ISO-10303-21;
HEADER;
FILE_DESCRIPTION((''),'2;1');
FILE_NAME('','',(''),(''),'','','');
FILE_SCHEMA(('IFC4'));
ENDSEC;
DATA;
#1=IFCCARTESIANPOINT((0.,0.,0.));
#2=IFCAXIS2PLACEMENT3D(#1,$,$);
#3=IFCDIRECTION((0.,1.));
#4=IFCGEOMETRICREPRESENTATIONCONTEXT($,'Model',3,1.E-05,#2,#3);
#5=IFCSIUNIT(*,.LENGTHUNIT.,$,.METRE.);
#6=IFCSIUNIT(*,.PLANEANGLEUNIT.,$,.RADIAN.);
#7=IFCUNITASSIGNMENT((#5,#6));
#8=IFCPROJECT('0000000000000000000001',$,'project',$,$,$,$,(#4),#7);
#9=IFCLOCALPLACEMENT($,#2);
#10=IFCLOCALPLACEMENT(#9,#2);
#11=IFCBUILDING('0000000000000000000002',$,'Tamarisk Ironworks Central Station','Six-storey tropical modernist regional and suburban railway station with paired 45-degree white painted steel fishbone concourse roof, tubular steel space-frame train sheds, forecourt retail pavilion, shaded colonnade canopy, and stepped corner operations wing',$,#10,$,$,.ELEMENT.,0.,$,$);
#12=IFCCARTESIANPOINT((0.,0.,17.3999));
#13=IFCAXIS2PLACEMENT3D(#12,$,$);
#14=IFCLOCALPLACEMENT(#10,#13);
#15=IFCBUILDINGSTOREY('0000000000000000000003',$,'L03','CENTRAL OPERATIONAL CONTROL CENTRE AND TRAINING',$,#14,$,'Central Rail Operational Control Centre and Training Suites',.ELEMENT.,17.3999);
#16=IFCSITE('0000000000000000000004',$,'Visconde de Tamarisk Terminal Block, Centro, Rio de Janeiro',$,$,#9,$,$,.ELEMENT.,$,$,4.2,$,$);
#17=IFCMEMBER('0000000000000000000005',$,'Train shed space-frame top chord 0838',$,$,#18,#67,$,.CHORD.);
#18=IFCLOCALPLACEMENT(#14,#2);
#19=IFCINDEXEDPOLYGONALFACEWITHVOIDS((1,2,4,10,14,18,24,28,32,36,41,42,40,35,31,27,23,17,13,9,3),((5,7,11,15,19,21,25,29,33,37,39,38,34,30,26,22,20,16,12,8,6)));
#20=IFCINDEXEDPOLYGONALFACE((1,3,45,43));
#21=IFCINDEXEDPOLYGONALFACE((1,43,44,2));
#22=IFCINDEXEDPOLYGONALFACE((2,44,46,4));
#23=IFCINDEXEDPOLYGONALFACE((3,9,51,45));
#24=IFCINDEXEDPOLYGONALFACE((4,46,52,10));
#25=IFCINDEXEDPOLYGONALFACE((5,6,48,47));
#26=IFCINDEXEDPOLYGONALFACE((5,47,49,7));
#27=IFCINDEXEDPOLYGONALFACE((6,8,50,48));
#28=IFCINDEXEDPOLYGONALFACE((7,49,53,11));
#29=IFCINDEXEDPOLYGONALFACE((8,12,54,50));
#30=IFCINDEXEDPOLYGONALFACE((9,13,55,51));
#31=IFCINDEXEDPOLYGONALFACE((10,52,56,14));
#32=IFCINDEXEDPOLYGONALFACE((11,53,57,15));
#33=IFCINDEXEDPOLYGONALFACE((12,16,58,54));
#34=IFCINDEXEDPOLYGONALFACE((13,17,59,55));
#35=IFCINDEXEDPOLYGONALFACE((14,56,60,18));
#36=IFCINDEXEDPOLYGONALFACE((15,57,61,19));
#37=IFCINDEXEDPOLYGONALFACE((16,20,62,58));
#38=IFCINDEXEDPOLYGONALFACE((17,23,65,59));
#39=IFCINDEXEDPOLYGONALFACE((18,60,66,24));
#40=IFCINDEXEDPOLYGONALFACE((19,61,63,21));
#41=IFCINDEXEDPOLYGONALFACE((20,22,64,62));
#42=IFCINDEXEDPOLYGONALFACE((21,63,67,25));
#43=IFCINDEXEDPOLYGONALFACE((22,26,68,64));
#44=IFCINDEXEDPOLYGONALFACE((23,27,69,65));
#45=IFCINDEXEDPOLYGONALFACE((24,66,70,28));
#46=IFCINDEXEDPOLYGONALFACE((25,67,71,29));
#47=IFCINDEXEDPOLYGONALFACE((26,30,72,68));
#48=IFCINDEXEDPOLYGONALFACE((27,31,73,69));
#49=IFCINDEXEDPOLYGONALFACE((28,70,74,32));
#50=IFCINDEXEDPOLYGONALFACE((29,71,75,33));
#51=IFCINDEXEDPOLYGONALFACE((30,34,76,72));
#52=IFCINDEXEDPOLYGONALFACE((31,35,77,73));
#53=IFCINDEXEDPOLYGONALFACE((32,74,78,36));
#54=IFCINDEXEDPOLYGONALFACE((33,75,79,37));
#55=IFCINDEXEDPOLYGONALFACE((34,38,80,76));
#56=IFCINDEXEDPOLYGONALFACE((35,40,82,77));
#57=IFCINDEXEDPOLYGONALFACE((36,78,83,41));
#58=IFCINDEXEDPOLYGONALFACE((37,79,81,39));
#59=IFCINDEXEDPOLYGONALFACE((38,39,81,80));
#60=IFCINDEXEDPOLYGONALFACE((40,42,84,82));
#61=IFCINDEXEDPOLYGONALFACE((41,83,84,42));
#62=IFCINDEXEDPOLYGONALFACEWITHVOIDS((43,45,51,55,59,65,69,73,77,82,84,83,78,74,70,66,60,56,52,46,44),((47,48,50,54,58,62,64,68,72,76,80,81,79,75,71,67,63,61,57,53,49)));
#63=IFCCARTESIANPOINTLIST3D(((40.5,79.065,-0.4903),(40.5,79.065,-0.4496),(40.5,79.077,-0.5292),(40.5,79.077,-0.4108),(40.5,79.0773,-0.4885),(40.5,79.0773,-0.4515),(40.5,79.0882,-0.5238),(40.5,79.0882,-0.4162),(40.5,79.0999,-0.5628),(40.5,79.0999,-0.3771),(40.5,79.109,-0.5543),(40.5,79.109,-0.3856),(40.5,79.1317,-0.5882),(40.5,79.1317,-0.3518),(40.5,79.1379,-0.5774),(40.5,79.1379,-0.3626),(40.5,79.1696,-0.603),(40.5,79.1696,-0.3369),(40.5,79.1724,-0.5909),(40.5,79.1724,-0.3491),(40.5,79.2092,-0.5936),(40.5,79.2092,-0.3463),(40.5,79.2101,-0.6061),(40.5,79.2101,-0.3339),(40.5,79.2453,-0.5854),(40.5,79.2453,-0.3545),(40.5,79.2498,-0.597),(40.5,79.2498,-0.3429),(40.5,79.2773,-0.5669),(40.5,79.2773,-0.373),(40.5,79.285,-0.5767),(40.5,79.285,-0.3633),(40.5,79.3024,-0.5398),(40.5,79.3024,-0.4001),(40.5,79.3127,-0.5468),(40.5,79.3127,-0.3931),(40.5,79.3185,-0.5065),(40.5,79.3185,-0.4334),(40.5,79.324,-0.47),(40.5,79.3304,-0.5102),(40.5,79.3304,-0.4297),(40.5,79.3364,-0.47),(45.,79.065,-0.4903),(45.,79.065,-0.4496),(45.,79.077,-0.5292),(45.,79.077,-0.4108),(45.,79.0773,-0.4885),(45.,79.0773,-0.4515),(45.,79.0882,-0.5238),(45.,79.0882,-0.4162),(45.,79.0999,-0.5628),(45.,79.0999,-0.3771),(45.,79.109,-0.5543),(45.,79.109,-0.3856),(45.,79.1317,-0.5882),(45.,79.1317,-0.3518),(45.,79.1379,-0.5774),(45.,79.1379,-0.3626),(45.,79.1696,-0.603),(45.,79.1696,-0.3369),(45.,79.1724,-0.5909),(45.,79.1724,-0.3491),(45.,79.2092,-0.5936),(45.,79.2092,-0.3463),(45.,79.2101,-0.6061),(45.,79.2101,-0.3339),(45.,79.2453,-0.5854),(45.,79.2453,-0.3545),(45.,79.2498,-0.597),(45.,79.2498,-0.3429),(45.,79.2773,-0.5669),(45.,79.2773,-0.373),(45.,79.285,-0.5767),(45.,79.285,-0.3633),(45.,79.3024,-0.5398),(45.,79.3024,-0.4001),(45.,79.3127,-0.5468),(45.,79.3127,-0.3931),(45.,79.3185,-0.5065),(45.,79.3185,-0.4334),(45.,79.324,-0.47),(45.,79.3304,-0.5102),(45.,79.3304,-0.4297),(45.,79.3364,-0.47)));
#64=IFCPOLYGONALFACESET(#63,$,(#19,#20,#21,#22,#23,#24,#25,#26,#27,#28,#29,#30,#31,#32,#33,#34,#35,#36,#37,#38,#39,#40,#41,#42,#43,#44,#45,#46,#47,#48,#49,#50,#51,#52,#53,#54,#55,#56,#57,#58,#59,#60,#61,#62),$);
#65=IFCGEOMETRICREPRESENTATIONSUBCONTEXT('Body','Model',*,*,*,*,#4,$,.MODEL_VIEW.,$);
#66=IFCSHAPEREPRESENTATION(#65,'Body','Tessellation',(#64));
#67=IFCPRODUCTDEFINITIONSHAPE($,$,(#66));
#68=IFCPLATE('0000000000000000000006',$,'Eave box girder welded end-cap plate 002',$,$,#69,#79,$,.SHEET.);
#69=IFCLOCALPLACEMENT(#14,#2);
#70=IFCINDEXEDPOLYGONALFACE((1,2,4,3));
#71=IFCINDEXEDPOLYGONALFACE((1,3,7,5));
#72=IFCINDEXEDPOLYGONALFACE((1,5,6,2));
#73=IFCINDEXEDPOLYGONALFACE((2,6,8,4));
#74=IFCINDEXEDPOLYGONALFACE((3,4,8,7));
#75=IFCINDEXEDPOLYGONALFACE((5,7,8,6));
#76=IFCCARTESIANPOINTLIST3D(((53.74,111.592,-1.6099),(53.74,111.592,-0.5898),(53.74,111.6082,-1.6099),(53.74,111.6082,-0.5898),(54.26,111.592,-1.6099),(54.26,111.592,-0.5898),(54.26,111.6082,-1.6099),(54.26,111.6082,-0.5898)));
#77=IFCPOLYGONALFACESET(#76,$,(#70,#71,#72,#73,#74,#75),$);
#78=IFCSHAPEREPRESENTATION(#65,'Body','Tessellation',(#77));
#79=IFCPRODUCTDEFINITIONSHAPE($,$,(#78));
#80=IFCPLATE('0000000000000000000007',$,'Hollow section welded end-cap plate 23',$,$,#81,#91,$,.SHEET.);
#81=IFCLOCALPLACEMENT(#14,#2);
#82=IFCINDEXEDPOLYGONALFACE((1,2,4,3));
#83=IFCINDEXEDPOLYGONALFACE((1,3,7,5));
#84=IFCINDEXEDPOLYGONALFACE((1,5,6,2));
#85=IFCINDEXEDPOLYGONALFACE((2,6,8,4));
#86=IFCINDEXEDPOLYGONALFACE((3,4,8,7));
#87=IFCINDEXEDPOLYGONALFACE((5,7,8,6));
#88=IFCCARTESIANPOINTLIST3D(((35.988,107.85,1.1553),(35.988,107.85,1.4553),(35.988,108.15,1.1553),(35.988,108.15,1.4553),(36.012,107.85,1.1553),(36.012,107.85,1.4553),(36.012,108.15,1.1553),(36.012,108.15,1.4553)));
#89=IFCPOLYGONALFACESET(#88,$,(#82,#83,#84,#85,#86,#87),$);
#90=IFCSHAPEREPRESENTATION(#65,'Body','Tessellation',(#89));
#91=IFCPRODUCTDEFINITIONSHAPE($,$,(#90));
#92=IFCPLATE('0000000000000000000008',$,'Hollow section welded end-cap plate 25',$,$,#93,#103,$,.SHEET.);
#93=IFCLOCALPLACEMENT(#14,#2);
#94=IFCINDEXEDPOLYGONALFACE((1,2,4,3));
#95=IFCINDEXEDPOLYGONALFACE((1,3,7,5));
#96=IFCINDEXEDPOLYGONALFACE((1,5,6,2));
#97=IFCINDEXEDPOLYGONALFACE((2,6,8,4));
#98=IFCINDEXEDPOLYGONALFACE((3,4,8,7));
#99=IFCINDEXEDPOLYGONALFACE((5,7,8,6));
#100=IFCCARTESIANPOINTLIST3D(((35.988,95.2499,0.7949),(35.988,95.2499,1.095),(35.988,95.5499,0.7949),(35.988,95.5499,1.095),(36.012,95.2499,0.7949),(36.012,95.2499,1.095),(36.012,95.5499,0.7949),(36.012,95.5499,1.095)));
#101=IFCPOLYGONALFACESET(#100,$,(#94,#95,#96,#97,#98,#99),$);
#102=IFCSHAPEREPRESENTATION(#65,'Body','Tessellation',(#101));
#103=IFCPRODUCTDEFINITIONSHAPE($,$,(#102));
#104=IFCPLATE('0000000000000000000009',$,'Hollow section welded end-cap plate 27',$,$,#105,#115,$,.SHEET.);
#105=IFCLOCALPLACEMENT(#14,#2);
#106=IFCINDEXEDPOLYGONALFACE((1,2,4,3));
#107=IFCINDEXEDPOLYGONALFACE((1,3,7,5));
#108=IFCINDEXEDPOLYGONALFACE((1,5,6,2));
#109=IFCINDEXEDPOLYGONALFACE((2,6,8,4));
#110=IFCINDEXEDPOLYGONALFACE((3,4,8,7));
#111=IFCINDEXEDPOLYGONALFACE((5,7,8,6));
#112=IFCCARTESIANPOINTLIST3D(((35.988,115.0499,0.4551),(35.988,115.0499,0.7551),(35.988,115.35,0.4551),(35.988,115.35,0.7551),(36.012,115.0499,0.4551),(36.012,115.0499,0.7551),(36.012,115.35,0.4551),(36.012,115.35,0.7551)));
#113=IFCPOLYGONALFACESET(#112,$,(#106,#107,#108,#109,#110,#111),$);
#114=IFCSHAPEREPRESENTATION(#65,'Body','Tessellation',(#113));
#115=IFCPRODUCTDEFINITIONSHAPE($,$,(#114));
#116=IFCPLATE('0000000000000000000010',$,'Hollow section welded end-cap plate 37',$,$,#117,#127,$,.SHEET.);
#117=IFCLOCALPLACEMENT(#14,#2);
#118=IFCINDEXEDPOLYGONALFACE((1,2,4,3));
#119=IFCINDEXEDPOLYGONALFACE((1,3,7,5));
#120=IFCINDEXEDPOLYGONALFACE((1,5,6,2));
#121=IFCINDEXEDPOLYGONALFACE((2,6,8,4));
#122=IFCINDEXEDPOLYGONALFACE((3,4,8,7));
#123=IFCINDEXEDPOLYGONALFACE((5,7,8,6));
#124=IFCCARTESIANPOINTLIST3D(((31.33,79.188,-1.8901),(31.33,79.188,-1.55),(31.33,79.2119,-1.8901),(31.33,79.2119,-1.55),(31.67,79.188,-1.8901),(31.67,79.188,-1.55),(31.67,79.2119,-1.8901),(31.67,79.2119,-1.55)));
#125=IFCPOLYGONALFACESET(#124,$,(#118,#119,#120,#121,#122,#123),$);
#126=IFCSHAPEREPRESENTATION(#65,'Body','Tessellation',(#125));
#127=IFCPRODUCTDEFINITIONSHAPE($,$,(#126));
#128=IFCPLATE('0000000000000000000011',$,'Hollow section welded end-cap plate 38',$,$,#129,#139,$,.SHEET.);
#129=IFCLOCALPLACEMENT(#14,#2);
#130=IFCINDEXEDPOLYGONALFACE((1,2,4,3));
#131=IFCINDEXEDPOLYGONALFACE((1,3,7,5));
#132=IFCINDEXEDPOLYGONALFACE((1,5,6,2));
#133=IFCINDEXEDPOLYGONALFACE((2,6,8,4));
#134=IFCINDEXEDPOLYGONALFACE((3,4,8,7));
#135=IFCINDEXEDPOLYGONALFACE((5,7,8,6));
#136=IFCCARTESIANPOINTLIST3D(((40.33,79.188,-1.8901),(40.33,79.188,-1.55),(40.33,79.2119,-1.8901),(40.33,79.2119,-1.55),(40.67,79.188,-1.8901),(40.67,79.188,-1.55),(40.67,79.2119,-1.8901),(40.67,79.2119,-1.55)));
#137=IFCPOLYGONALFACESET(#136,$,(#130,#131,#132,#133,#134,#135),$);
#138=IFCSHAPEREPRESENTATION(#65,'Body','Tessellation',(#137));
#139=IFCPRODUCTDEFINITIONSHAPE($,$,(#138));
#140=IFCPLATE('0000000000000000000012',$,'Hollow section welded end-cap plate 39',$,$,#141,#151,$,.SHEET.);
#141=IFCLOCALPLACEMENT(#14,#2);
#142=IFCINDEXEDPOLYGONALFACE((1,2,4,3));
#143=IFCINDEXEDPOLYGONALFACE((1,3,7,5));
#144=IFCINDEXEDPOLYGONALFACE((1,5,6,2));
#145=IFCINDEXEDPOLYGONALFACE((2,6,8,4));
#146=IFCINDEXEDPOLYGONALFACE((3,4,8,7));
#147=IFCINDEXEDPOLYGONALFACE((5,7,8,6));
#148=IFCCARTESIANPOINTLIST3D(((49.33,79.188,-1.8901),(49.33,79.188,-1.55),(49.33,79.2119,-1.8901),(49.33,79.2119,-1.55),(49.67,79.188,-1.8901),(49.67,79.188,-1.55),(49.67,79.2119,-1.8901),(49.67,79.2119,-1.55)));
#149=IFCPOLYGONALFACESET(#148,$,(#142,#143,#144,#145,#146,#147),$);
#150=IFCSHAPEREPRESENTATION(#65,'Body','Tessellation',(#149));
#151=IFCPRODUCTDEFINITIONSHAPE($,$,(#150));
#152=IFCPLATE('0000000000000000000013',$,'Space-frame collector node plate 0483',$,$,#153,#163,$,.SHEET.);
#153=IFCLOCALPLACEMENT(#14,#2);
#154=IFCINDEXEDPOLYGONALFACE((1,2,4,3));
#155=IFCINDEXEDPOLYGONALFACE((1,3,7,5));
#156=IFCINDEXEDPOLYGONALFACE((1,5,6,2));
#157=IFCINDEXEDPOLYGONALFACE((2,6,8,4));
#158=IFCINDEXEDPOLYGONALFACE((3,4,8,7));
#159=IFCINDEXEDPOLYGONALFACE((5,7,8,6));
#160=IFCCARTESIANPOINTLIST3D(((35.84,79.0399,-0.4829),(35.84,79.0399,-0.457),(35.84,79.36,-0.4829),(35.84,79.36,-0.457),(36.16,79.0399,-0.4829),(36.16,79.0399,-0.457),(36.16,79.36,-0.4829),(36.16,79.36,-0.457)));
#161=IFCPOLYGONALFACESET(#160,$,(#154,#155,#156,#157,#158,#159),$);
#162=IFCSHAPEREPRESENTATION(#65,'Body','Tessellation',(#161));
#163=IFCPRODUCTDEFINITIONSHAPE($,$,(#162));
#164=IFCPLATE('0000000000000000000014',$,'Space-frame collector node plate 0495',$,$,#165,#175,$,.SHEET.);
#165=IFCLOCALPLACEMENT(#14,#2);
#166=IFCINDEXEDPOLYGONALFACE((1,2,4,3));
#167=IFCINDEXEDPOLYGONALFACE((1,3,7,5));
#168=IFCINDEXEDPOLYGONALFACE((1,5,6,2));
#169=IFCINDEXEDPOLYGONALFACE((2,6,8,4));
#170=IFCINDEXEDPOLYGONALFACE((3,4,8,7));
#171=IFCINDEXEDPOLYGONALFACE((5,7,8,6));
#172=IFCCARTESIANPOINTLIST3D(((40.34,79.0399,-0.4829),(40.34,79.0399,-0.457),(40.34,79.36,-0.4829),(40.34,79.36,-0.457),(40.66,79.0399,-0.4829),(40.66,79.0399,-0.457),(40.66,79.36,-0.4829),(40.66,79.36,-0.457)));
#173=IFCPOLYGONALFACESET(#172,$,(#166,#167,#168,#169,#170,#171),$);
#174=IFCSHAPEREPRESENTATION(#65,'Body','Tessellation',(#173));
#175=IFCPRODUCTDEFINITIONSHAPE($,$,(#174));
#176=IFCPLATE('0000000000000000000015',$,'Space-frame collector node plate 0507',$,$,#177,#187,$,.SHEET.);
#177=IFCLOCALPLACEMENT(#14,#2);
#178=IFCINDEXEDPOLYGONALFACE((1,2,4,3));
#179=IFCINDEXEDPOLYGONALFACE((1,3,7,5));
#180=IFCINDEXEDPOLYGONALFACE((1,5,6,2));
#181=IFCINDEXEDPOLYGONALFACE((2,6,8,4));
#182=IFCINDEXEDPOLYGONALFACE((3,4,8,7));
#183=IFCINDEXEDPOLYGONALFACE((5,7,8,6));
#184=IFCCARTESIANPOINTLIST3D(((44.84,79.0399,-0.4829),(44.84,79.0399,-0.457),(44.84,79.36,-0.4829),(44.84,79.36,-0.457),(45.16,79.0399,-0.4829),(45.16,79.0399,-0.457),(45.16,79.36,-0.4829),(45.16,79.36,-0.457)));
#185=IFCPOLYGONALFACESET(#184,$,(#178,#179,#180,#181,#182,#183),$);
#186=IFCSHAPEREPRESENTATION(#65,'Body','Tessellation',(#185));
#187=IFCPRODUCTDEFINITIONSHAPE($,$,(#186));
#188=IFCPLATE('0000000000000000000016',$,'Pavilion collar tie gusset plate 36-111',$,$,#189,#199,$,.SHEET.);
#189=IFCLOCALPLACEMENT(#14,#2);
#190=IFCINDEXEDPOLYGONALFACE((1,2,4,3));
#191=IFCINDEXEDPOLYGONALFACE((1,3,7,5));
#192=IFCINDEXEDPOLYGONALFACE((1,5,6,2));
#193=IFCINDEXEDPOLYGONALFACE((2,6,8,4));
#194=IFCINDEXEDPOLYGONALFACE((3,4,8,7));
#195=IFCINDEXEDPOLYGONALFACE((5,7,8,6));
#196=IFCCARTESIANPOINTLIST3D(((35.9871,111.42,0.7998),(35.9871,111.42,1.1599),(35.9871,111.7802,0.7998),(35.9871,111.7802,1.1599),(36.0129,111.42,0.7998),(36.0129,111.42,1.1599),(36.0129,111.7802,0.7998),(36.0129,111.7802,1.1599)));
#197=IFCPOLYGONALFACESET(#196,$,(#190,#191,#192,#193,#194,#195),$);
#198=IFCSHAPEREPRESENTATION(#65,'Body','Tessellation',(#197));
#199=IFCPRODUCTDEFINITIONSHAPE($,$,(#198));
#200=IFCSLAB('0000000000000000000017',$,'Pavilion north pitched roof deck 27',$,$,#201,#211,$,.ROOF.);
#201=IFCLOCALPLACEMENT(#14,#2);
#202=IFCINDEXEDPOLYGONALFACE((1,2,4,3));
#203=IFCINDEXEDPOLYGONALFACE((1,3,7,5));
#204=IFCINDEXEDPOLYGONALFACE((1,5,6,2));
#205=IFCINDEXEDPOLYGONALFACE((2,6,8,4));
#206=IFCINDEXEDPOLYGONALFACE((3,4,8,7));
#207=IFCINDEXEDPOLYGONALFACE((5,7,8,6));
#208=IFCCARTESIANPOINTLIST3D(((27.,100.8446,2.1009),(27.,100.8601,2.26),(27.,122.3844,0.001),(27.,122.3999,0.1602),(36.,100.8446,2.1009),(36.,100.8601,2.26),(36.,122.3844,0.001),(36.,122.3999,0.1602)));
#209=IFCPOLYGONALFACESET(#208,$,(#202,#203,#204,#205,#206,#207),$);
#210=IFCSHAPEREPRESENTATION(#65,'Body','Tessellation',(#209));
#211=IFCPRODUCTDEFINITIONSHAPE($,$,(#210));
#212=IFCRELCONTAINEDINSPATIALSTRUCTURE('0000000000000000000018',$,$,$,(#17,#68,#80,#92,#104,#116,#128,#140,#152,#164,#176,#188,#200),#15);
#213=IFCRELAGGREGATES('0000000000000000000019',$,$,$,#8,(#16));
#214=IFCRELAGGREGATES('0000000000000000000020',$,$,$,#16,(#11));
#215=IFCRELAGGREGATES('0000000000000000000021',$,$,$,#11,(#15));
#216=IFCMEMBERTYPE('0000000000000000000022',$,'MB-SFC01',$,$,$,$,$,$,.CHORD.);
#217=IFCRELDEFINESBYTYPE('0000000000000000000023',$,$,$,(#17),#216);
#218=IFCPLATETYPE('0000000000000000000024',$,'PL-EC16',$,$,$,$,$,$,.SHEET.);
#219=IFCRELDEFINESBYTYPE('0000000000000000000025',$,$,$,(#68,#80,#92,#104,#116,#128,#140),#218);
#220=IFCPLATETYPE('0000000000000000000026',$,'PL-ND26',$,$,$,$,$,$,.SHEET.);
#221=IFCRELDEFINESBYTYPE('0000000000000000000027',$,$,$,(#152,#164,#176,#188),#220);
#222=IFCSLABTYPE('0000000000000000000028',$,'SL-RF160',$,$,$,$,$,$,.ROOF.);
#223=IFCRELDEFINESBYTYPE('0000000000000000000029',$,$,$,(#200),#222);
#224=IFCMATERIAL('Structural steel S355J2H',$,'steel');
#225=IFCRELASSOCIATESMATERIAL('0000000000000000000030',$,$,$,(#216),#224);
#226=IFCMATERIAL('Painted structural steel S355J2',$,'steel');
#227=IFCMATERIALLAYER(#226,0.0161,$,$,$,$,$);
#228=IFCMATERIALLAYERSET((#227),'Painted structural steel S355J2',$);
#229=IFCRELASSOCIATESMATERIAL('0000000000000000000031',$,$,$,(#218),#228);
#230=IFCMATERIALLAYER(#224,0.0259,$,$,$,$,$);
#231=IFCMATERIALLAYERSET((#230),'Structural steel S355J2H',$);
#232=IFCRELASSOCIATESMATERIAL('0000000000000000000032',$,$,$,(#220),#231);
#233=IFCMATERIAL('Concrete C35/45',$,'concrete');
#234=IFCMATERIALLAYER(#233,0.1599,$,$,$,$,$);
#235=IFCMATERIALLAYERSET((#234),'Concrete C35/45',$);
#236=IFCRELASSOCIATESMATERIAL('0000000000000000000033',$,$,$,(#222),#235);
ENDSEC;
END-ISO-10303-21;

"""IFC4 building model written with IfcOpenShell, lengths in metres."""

from ifc_helpers import new_model, si_unit, direction, frame, origin, origin_2d, place, context, subcontext, project, spatial, polyline, rectangle, hollow_circle, outline, extrude, material, layer, layer_set, material_profile, profile_set, type_object, element, save


model = new_model("IFC4")

# Units and contexts
model_context = context("Model", 3, precision=1e-05, world=origin(), true_north=direction((0.0, 1.0)))
body_context = subcontext(model_context, "Body", "Model", "MODEL_VIEW")
ifc_project = project(units=[si_unit("LENGTHUNIT", "METRE"), si_unit("PLANEANGLEUNIT", "RADIAN")], contexts=[model_context])

# Site, building, storey
site_placement = place(None, origin())
site = spatial("IfcSite", under=ifc_project, at=site_placement, Name="Visconde de Tamarisk Terminal Block, Centro, Rio de Janeiro", CompositionType="ELEMENT", RefElevation=4.2)
building_placement = place(site_placement, origin())
building = spatial("IfcBuilding", under=site, at=building_placement, Name="Tamarisk Ironworks Central Station", Description="Six-storey tropical modernist regional and suburban railway station with paired 45-degree white painted steel fishbone concourse roof, tubular steel space-frame train sheds, forecourt retail pavilion, shaded colonnade canopy, and stepped corner operations wing", CompositionType="ELEMENT", ElevationOfRefHeight=0.0)
storey_placement = place(building_placement, frame((0.0, 0.0, 17.3999)))
storey = spatial("IfcBuildingStorey", under=building, at=storey_placement, Name="L03", Description="CENTRAL OPERATIONAL CONTROL CENTRE AND TRAINING", LongName="Central Rail Operational Control Centre and Training Suites", CompositionType="ELEMENT", Elevation=17.3999)

# Shared definitions
ifc_material_1 = material(Name="Painted structural steel S355J2", Category="steel")

# Member
ifc_material_2 = material(Name="Structural steel S355J2H", Category="steel")
ifc_material_profile_1 = material_profile(ifc_material_2, hollow_circle(Radius=0.1365, WallThickness=0.0125, at=origin_2d()), Name="CHS 273x12.5")
ifc_profile_set_1 = profile_set([ifc_material_profile_1], Name="Structural steel S355J2H")
member_type_1 = type_object("IfcMemberType", Name="MB-SFC01", PredefinedType="CHORD", material=ifc_profile_set_1)
for number, where, z_axis, x_axis, name in (
    (1, (40.5, 79.2, -0.47), (1.0, 0.0, 0.0), (0.0, 1.0, 0.0), "Train shed space-frame top chord 0838"),
):
    element("IfcMember", number, at=place(storey_placement, frame(where, z_axis=z_axis, x_axis=x_axis)), inside=storey, type_object=member_type_1, Name=name, PredefinedType="CHORD", context=body_context, shape_type="SweptSolid", body=[
        extrude(hollow_circle(Radius=0.1365, WallThickness=0.0125, at=origin_2d()), origin(), (0.0, 0.0, 1.0), 4.5),
    ])

# Plates
ifc_layer_1 = layer(ifc_material_1, 0.0161)
ifc_layer_set_1 = layer_set([ifc_layer_1], Name="Painted structural steel S355J2")
plate_type_1 = type_object("IfcPlateType", Name="PL-EC16", PredefinedType="SHEET", material=ifc_layer_set_1)
plate_1_placement = place(storey_placement, frame((54.0, 111.6001, -1.6099), z_axis=(0.0, 0.0, 1.0), x_axis=(1.0, 0.0, 0.0)))
element("IfcPlate", 2, at=plate_1_placement, inside=storey, type_object=plate_type_1, Name="Eave box girder welded end-cap plate 002", PredefinedType="SHEET", context=body_context, shape_type="SweptSolid", body=[
    extrude(rectangle(XDim=0.52, YDim=0.0161, at=origin_2d()), origin(), (0.0, 0.0, 1.0), 1.02),
])
for number, where, z_axis, x_axis, name in (
    (3, (36.0, 108.0, 1.1553), (0.0, 0.0, 1.0), (1.0, 0.0, 0.0), "Hollow section welded end-cap plate 23"),
    (4, (36.0, 95.3999, 0.7949), (0.0, 0.0, 1.0), (1.0, 0.0, 0.0), "Hollow section welded end-cap plate 25"),
    (5, (36.0, 115.2, 0.4551), (0.0, 0.0, 1.0), (1.0, 0.0, 0.0), "Hollow section welded end-cap plate 27"),
):
    element("IfcPlate", number, at=place(storey_placement, frame(where, z_axis=z_axis, x_axis=x_axis)), inside=storey, type_object=plate_type_1, Name=name, PredefinedType="SHEET", context=body_context, shape_type="SweptSolid", body=[
        extrude(rectangle(XDim=0.0239, YDim=0.3, at=origin_2d()), origin(), (0.0, 0.0, 1.0), 0.3),
    ])
for number, where, z_axis, x_axis, name in (
    (6, (31.5, 79.2, -1.8901), (0.0, 0.0, 1.0), (1.0, 0.0, 0.0), "Hollow section welded end-cap plate 37"),
    (7, (40.5, 79.2, -1.8901), (0.0, 0.0, 1.0), (1.0, 0.0, 0.0), "Hollow section welded end-cap plate 38"),
    (8, (49.5, 79.2, -1.8901), (0.0, 0.0, 1.0), (1.0, 0.0, 0.0), "Hollow section welded end-cap plate 39"),
):
    element("IfcPlate", number, at=place(storey_placement, frame(where, z_axis=z_axis, x_axis=x_axis)), inside=storey, type_object=plate_type_1, Name=name, PredefinedType="SHEET", context=body_context, shape_type="SweptSolid", body=[
        extrude(rectangle(XDim=0.3401, YDim=0.0239, at=origin_2d()), origin(), (0.0, 0.0, 1.0), 0.3401),
    ])
ifc_layer_2 = layer(ifc_material_2, 0.0259)
ifc_layer_set_2 = layer_set([ifc_layer_2], Name="Structural steel S355J2H")
plate_type_2 = type_object("IfcPlateType", Name="PL-ND26", PredefinedType="SHEET", material=ifc_layer_set_2)
for number, where, z_axis, x_axis, name in (
    (9, (36.0, 79.2, -0.4829), (0.0, 0.0, 1.0), (1.0, 0.0, 0.0), "Space-frame collector node plate 0483"),
    (10, (40.5, 79.2, -0.4829), (0.0, 0.0, 1.0), (1.0, 0.0, 0.0), "Space-frame collector node plate 0495"),
    (11, (45.0, 79.2, -0.4829), (0.0, 0.0, 1.0), (1.0, 0.0, 0.0), "Space-frame collector node plate 0507"),
):
    element("IfcPlate", number, at=place(storey_placement, frame(where, z_axis=z_axis, x_axis=x_axis)), inside=storey, type_object=plate_type_2, Name=name, PredefinedType="SHEET", context=body_context, shape_type="SweptSolid", body=[
        extrude(rectangle(XDim=0.3201, YDim=0.3201, at=origin_2d()), origin(), (0.0, 0.0, 1.0), 0.0259),
    ])
plate_2_placement = place(storey_placement, frame((36.0, 111.6001, 0.7998), z_axis=(0.0, 0.0, 1.0), x_axis=(1.0, 0.0, 0.0)))
element("IfcPlate", 12, at=plate_2_placement, inside=storey, type_object=plate_type_2, Name="Pavilion collar tie gusset plate 36-111", PredefinedType="SHEET", context=body_context, shape_type="SweptSolid", body=[
    extrude(rectangle(XDim=0.0259, YDim=0.3601, at=origin_2d()), origin(), (0.0, 0.0, 1.0), 0.3601),
])

# Slab
ifc_material_3 = material(Name="Concrete C35/45", Category="concrete")
ifc_layer_3 = layer(ifc_material_3, 0.1599)
ifc_layer_set_3 = layer_set([ifc_layer_3], Name="Concrete C35/45")
slab_type = type_object("IfcSlabType", Name="SL-RF160", PredefinedType="ROOF", material=ifc_layer_set_3)
slab_placement = place(storey_placement, frame((36.0, 122.3999, 0.1602), z_axis=(0.0, 0.097027, 0.995282), x_axis=(-1.0, 0.0, 0.0)))
element("IfcSlab", 13, at=slab_placement, inside=storey, type_object=slab_type, Name="Pavilion north pitched roof deck 27", PredefinedType="ROOF", context=body_context, shape_type="SweptSolid", body=[
    extrude(outline(polyline([(0.0, 0.0), (9.0, 0.0), (9.0, 21.6419), (0.0, 21.6419), (0.0, 0.0)])), origin(), (0.0, 0.0, -1.0), 0.1599),
])

save(model, "model.ifc")
